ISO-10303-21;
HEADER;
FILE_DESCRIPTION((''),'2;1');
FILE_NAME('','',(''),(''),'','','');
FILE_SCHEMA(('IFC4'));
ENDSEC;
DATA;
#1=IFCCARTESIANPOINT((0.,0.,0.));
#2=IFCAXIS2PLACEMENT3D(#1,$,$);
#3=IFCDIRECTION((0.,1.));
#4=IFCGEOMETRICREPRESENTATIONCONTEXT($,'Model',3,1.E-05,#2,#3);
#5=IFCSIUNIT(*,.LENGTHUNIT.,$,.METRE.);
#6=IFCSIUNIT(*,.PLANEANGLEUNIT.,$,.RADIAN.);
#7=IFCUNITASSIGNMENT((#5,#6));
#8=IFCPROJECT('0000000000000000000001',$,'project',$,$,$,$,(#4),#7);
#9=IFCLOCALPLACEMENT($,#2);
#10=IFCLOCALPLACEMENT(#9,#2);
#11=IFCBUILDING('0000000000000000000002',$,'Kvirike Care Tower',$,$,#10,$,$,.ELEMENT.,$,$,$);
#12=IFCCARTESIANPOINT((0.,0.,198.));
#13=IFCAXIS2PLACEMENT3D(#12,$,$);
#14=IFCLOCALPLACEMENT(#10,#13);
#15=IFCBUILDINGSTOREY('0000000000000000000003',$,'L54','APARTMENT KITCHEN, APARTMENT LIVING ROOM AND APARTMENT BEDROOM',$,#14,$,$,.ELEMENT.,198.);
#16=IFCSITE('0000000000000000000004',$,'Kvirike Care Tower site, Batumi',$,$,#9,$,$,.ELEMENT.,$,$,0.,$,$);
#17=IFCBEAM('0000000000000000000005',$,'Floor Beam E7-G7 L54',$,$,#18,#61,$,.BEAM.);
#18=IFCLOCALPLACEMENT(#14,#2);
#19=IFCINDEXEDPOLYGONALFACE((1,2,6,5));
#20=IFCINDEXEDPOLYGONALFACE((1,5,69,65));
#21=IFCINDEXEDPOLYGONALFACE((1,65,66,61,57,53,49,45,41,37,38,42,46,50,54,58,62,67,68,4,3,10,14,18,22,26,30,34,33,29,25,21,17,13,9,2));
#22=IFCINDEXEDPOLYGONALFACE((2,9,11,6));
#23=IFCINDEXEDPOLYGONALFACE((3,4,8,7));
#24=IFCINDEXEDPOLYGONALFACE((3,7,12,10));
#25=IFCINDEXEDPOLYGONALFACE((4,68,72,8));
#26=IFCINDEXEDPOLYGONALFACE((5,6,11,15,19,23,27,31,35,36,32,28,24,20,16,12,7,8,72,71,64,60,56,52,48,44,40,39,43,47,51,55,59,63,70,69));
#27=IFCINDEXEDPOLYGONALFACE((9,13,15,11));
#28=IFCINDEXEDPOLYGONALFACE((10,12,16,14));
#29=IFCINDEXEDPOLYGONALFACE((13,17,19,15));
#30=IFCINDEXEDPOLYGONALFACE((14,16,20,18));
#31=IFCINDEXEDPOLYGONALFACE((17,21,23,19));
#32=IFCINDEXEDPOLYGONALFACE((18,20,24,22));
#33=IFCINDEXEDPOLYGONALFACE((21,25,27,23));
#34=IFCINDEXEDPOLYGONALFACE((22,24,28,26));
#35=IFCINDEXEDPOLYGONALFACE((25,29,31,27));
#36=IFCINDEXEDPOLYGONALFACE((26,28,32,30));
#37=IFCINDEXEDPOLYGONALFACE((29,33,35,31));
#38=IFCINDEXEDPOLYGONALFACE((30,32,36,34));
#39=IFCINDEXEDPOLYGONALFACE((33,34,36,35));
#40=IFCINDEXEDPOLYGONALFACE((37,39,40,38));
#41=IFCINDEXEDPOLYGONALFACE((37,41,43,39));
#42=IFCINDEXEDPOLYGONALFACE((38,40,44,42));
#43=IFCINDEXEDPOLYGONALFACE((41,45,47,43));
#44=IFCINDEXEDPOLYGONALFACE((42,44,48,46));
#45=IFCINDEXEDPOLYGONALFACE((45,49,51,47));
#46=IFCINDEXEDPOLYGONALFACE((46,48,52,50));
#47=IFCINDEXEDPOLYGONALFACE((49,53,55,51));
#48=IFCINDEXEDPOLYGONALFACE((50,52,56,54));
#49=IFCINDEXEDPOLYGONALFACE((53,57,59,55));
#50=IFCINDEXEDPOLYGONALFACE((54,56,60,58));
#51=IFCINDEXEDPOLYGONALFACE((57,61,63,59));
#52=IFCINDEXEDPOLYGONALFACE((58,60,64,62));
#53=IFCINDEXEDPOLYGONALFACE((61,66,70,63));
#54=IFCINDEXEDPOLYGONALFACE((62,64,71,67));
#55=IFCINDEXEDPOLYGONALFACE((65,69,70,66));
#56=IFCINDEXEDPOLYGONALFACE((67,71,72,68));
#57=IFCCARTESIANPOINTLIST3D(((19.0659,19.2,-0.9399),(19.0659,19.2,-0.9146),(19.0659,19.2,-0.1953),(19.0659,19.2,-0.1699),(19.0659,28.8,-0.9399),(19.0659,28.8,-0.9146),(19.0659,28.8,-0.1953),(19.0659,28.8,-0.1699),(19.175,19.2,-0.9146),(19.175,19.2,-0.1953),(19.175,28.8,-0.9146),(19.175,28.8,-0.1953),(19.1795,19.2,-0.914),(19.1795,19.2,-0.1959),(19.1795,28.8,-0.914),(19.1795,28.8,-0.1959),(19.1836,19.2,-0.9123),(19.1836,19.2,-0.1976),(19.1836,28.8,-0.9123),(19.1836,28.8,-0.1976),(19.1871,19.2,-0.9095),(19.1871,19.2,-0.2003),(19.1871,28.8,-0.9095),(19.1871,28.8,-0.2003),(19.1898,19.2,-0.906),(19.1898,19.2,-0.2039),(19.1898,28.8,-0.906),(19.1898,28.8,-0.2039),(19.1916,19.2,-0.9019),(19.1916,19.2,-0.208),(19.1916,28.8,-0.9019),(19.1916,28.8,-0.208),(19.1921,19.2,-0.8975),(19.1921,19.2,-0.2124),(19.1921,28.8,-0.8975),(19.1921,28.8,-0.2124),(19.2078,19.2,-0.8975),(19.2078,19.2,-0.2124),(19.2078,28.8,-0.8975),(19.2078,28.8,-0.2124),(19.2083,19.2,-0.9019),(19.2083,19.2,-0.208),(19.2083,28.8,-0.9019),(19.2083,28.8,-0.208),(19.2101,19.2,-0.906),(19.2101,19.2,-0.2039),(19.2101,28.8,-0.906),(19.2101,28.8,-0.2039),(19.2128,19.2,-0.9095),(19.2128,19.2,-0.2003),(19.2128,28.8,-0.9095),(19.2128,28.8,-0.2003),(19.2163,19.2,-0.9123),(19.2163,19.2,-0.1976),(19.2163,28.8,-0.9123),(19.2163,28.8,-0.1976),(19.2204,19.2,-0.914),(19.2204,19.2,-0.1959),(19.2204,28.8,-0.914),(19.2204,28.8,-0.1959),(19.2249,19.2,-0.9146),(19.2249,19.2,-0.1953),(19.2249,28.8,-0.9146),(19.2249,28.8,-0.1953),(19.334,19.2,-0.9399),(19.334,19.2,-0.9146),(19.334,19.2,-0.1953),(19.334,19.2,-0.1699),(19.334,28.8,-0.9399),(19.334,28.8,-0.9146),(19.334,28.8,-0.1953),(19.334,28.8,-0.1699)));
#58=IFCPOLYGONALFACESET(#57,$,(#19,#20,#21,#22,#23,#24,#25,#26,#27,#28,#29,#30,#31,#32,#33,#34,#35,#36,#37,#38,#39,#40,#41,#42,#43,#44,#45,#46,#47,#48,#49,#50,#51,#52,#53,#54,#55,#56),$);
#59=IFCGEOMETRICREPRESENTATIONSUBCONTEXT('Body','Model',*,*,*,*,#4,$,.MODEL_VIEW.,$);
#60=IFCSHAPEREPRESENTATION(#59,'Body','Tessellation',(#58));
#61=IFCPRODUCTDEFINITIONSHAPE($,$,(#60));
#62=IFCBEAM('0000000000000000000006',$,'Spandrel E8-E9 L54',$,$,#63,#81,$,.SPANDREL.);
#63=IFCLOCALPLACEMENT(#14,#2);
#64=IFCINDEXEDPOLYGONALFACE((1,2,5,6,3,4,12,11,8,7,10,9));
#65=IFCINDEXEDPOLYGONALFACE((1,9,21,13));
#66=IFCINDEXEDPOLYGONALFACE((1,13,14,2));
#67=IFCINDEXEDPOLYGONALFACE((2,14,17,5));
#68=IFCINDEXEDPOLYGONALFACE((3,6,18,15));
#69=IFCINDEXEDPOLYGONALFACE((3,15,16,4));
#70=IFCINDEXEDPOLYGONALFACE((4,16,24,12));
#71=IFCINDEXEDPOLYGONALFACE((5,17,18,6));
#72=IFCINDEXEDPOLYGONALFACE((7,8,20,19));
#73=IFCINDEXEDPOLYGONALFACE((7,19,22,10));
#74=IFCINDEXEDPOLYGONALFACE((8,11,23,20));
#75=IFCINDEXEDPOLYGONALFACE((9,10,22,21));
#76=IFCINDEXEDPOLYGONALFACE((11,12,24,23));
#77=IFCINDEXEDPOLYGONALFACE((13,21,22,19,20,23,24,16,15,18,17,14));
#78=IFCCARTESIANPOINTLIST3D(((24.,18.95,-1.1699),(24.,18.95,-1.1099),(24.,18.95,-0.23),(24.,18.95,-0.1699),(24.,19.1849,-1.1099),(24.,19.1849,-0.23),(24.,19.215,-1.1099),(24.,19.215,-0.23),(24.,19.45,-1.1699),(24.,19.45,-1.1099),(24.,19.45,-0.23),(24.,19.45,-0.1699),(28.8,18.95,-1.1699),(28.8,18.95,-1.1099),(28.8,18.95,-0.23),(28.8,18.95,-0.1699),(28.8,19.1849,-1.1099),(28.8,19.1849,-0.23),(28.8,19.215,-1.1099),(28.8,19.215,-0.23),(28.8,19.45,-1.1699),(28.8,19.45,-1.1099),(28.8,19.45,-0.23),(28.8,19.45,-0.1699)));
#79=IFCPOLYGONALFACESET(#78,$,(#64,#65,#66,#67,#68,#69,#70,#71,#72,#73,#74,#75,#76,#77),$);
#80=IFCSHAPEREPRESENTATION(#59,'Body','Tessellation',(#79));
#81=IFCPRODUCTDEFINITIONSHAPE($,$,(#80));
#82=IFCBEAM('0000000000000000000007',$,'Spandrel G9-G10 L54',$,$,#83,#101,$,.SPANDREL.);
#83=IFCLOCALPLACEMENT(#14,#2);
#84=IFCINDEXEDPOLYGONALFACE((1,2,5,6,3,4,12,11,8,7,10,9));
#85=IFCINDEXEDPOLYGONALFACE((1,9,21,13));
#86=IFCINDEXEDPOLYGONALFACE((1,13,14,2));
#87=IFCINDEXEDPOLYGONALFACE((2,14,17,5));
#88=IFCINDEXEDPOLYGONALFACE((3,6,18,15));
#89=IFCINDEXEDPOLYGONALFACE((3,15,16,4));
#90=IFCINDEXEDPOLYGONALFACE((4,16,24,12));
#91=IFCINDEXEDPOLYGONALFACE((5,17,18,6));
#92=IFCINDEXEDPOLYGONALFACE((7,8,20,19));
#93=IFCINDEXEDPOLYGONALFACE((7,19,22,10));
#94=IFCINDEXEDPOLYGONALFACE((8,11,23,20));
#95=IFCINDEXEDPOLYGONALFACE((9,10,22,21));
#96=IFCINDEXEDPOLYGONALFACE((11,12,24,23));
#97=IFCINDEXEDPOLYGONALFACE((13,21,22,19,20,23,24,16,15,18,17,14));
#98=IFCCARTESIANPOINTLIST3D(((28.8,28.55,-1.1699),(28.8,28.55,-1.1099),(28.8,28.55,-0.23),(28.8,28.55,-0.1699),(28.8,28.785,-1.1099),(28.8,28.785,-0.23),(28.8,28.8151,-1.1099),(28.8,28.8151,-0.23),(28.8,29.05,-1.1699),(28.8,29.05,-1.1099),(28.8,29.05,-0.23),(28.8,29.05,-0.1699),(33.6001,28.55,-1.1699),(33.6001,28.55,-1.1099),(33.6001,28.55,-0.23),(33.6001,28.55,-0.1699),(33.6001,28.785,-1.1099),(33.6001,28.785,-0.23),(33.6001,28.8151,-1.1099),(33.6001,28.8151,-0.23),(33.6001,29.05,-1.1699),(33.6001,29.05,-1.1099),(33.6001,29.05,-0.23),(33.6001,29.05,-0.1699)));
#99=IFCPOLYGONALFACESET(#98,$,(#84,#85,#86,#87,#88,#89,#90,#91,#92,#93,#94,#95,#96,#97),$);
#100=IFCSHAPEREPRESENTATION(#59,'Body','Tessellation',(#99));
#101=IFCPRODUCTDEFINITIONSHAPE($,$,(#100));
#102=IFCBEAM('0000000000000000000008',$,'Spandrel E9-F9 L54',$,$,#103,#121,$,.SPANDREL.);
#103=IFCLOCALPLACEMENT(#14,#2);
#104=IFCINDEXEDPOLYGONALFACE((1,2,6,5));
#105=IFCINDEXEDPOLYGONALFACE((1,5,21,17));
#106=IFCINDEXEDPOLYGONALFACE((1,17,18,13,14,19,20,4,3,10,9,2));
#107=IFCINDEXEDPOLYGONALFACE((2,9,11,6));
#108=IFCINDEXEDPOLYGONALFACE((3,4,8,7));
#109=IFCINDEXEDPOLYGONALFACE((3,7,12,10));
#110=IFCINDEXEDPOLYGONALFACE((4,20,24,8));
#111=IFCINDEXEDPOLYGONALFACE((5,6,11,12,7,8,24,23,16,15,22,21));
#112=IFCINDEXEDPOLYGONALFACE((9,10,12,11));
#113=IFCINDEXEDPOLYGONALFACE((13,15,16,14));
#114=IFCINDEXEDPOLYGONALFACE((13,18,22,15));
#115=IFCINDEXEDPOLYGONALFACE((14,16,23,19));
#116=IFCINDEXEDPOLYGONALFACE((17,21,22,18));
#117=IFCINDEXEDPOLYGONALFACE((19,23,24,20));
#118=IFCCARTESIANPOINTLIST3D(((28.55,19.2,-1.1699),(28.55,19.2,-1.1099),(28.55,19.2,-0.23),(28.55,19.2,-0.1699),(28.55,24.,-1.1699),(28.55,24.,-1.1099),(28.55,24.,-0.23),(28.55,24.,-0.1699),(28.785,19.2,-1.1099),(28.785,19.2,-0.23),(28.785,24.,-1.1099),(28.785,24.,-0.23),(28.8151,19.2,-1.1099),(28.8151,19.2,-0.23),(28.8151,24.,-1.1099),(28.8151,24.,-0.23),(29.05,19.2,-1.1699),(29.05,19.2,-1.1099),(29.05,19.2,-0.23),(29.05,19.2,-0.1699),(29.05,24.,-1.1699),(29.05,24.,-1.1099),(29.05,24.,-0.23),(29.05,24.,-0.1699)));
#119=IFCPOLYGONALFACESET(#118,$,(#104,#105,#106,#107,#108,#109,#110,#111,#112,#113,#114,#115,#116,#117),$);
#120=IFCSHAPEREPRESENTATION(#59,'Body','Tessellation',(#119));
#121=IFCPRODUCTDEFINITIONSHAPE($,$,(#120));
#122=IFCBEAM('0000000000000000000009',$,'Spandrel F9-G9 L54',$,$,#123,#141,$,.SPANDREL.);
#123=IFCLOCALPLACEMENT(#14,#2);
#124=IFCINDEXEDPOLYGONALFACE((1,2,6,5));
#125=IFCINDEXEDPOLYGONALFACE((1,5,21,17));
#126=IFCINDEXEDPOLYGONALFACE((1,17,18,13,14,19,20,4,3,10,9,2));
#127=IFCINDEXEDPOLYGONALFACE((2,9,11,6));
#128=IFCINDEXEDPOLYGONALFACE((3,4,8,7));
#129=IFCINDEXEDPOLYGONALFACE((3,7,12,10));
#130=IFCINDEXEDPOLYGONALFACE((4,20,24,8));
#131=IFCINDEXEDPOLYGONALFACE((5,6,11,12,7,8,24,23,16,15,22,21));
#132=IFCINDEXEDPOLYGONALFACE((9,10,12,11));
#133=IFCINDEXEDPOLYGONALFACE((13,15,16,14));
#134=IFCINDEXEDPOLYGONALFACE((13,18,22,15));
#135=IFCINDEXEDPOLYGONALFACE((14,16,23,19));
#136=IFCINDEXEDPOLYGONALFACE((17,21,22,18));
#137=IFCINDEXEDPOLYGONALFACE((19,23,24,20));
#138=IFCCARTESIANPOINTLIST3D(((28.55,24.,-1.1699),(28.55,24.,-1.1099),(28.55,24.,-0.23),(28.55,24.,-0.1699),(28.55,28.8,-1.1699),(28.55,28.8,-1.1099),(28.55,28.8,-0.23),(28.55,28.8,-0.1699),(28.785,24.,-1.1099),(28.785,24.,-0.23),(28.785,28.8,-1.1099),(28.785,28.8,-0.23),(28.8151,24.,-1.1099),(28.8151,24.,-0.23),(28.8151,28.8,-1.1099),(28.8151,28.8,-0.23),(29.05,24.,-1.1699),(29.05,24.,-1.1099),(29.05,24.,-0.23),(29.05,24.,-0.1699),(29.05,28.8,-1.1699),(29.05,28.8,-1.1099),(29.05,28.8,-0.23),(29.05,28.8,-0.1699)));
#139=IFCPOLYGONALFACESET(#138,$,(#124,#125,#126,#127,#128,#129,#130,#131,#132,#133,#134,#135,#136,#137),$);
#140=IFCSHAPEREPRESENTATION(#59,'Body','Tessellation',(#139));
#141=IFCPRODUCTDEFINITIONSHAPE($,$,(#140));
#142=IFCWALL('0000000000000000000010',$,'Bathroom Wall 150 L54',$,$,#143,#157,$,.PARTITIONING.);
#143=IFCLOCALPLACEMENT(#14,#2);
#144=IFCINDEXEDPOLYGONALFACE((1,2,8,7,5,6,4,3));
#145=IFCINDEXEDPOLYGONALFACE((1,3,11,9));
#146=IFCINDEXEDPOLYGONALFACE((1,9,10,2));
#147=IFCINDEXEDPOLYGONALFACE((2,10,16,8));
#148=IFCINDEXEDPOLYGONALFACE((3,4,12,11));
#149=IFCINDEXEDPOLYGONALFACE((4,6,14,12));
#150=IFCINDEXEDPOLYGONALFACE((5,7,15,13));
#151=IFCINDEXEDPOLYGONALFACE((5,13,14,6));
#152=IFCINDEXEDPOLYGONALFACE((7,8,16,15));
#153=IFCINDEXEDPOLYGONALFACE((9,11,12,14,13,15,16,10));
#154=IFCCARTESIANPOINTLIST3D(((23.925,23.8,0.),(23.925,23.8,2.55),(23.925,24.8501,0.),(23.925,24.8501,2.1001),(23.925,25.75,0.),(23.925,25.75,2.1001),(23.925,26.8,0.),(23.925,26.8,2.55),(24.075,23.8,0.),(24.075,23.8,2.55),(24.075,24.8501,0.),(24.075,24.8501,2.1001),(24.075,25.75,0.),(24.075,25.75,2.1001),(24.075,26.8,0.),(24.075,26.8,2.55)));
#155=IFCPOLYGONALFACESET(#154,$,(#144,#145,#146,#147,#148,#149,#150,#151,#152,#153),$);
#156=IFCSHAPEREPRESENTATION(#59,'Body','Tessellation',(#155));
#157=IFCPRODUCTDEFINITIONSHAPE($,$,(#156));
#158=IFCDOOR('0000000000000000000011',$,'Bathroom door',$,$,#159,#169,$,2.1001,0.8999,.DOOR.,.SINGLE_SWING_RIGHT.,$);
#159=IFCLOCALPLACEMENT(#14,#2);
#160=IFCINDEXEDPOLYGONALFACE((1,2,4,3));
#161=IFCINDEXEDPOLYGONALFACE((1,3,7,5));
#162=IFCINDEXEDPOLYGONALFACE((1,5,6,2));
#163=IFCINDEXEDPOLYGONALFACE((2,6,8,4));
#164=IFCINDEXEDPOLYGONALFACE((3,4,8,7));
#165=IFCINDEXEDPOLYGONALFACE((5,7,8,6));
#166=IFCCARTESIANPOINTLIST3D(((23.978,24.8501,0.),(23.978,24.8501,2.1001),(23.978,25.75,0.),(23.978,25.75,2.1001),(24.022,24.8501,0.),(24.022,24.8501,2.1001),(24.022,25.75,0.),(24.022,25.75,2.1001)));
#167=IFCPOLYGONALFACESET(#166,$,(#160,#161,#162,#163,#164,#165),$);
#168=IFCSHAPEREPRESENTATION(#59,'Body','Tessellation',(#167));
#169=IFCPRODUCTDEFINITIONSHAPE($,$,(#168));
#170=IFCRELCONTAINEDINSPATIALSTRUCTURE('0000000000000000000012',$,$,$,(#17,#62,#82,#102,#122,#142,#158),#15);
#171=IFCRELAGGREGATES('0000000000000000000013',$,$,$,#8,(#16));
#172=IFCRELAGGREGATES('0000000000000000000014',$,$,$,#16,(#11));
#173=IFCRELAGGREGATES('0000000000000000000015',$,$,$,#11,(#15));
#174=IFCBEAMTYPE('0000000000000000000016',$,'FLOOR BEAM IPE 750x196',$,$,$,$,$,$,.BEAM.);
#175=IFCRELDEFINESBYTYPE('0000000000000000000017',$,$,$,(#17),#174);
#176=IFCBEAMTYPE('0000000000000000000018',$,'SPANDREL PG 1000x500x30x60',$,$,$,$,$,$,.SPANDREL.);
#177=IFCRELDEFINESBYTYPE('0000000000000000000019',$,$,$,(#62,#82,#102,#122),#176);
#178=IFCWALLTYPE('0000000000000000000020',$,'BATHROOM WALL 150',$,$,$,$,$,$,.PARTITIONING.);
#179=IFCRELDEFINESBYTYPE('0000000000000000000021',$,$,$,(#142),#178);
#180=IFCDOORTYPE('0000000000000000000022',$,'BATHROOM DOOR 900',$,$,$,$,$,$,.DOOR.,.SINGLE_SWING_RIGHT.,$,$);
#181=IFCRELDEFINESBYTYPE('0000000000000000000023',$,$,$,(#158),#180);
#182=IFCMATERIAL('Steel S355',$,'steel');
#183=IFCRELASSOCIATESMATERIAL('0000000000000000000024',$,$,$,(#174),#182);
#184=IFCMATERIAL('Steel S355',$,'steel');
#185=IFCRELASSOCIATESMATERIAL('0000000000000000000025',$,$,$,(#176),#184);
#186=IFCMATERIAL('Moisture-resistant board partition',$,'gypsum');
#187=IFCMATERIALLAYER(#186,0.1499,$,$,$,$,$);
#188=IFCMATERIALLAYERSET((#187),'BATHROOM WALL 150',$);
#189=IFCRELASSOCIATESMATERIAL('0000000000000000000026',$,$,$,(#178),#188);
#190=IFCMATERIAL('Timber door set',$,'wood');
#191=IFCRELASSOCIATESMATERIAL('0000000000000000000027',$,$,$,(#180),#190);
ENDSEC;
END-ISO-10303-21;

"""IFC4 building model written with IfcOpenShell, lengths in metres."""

from ifc_helpers import new_model, si_unit, direction, frame, frame_2d, origin, origin_2d, place, context, subcontext, project, spatial, rectangle, i_section, extrude, material, layer, layer_set, material_profile, profile_set, type_object, element, fill, save


model = new_model("IFC4")

# Units and contexts
model_context = context("Model", 3, precision=1e-05, world=origin(), true_north=direction((0.0, 1.0)))
body_context = subcontext(model_context, "Body", "Model", "MODEL_VIEW")
ifc_project = project(units=[si_unit("LENGTHUNIT", "METRE"), si_unit("PLANEANGLEUNIT", "RADIAN")], contexts=[model_context])

# Site, building, storey
site_placement = place(None, origin())
site = spatial("IfcSite", under=ifc_project, at=site_placement, Name="Kvirike Care Tower site, Batumi", CompositionType="ELEMENT", RefElevation=0.0)
building_placement = place(site_placement, origin())
building = spatial("IfcBuilding", under=site, at=building_placement, Name="Kvirike Care Tower", CompositionType="ELEMENT")
storey_placement = place(building_placement, frame((0.0, 0.0, 198.0)))
storey = spatial("IfcBuildingStorey", under=building, at=storey_placement, Name="L54", Description="APARTMENT KITCHEN, APARTMENT LIVING ROOM AND APARTMENT BEDROOM", CompositionType="ELEMENT", Elevation=198.0)

# Beams
ifc_material_1 = material(Name="Steel S355", Category="steel")
ifc_material_profile_1 = material_profile(ifc_material_1, i_section(OverallWidth=0.2681, OverallDepth=0.77, WebThickness=0.0156, FlangeThickness=0.0254, FilletRadius=0.0171, at=origin_2d()), Name="IPE 750x196")
ifc_profile_set_1 = profile_set([ifc_material_profile_1], Name="Steel S355")
beam_type_1 = type_object("IfcBeamType", Name="FLOOR BEAM IPE 750x196", PredefinedType="BEAM", material=ifc_profile_set_1)
for number, where, z_axis, x_axis, name in (
    (1, (19.2, 19.2, -0.5549), (0.0, 1.0, 0.0), (-1.0, 0.0, 0.0), "Floor Beam E7-G7 L54"),
):
    element("IfcBeam", number, at=place(storey_placement, frame(where, z_axis=z_axis, x_axis=x_axis)), inside=storey, type_object=beam_type_1, Name=name, PredefinedType="BEAM", context=body_context, shape_type="SweptSolid", body=[
        extrude(i_section(OverallWidth=0.2681, OverallDepth=0.77, WebThickness=0.0156, FlangeThickness=0.0254, FilletRadius=0.0171, at=origin_2d()), origin(), (0.0, 0.0, 1.0), 9.6001),
    ])
ifc_material_2 = material(Name="Steel S355", Category="steel")
ifc_material_profile_2 = material_profile(ifc_material_2, i_section(OverallWidth=0.5, OverallDepth=1.0, WebThickness=0.03, FlangeThickness=0.0601, at=origin_2d()), Name="PG 1000x500x30x60")
ifc_profile_set_2 = profile_set([ifc_material_profile_2], Name="Steel S355")
beam_type_2 = type_object("IfcBeamType", Name="SPANDREL PG 1000x500x30x60", PredefinedType="SPANDREL", material=ifc_profile_set_2)
for number, where, z_axis, x_axis, name in (
    (2, (24.0, 19.2, -0.6699), (1.0, 0.0, 0.0), (0.0, 1.0, 0.0), "Spandrel E8-E9 L54"),
    (3, (28.8, 28.8, -0.6699), (1.0, 0.0, 0.0), (0.0, 1.0, 0.0), "Spandrel G9-G10 L54"),
    (4, (28.8, 19.2, -0.6699), (0.0, 1.0, 0.0), (-1.0, 0.0, 0.0), "Spandrel E9-F9 L54"),
    (5, (28.8, 24.0, -0.6699), (0.0, 1.0, 0.0), (-1.0, 0.0, 0.0), "Spandrel F9-G9 L54"),
):
    element("IfcBeam", number, at=place(storey_placement, frame(where, z_axis=z_axis, x_axis=x_axis)), inside=storey, type_object=beam_type_2, Name=name, PredefinedType="SPANDREL", context=body_context, shape_type="SweptSolid", body=[
        extrude(i_section(OverallWidth=0.5, OverallDepth=1.0, WebThickness=0.03, FlangeThickness=0.0601, at=origin_2d()), origin(), (0.0, 0.0, 1.0), 4.8),
    ])

# Wall, opening, door
ifc_material_3 = material(Name="Moisture-resistant board partition", Category="gypsum")
ifc_layer_1 = layer(ifc_material_3, 0.1499)
ifc_layer_set_1 = layer_set([ifc_layer_1], Name="BATHROOM WALL 150")
wall_type_1 = type_object("IfcWallType", Name="BATHROOM WALL 150", PredefinedType="PARTITIONING", material=ifc_layer_set_1)
wall_1_placement = place(storey_placement, frame((24.0, 23.8, 0.0), z_axis=(0.0, 0.0, 1.0), x_axis=(0.0, 1.0, 0.0)))
wall_1 = element("IfcWall", 6, at=wall_1_placement, inside=storey, type_object=wall_type_1, Name="Bathroom Wall 150 L54", PredefinedType="PARTITIONING", context=body_context, shape_type="SweptSolid", body=[
    extrude(rectangle(XDim=3.0, YDim=0.1499, at=frame_2d((1.5, 0.0))), origin(), (0.0, 0.0, 1.0), 2.55),
])
opening_1_placement = place(wall_1_placement, frame((1.05, 0.0, 0.0)))
opening_1 = element("IfcOpeningElement", 7, at=opening_1_placement, cuts=wall_1, PredefinedType="OPENING", context=body_context, shape_type="SweptSolid", body=[
    extrude(rectangle(XDim=0.8999, YDim=2.1001, at=frame_2d((0.45, 1.05))), frame((0.0, 0.0854, 0.0), z_axis=(0.0, -1.0, 0.0), x_axis=(1.0, 0.0, 0.0)), (0.0, 0.0, 1.0), 0.1709),
])
ifc_material_4 = material(Name="Timber door set", Category="wood")
door_type_1 = type_object("IfcDoorType", Name="BATHROOM DOOR 900", OperationType="SINGLE_SWING_RIGHT", PredefinedType="DOOR", material=ifc_material_4)
door_1_placement = place(opening_1_placement, frame((0.8999, 0.0, 0.0), z_axis=(0.0, 0.0, 1.0), x_axis=(-1.0, 0.0, 0.0)))
door_1 = element("IfcDoor", 8, at=door_1_placement, inside=storey, type_object=door_type_1, Name="Bathroom door", OperationType="SINGLE_SWING_RIGHT", OverallHeight=2.1001, OverallWidth=0.8999, PredefinedType="DOOR", context=body_context, shape_type="SweptSolid", body=[
    extrude(rectangle(XDim=0.8999, YDim=2.1001, at=frame_2d((0.45, 1.05))), frame((0.0, 0.022, 0.0), z_axis=(0.0, -1.0, 0.0), x_axis=(1.0, 0.0, 0.0)), (0.0, 0.0, 1.0), 0.0439),
])
fill(opening_1, door_1)

save(model, "model.ifc")
